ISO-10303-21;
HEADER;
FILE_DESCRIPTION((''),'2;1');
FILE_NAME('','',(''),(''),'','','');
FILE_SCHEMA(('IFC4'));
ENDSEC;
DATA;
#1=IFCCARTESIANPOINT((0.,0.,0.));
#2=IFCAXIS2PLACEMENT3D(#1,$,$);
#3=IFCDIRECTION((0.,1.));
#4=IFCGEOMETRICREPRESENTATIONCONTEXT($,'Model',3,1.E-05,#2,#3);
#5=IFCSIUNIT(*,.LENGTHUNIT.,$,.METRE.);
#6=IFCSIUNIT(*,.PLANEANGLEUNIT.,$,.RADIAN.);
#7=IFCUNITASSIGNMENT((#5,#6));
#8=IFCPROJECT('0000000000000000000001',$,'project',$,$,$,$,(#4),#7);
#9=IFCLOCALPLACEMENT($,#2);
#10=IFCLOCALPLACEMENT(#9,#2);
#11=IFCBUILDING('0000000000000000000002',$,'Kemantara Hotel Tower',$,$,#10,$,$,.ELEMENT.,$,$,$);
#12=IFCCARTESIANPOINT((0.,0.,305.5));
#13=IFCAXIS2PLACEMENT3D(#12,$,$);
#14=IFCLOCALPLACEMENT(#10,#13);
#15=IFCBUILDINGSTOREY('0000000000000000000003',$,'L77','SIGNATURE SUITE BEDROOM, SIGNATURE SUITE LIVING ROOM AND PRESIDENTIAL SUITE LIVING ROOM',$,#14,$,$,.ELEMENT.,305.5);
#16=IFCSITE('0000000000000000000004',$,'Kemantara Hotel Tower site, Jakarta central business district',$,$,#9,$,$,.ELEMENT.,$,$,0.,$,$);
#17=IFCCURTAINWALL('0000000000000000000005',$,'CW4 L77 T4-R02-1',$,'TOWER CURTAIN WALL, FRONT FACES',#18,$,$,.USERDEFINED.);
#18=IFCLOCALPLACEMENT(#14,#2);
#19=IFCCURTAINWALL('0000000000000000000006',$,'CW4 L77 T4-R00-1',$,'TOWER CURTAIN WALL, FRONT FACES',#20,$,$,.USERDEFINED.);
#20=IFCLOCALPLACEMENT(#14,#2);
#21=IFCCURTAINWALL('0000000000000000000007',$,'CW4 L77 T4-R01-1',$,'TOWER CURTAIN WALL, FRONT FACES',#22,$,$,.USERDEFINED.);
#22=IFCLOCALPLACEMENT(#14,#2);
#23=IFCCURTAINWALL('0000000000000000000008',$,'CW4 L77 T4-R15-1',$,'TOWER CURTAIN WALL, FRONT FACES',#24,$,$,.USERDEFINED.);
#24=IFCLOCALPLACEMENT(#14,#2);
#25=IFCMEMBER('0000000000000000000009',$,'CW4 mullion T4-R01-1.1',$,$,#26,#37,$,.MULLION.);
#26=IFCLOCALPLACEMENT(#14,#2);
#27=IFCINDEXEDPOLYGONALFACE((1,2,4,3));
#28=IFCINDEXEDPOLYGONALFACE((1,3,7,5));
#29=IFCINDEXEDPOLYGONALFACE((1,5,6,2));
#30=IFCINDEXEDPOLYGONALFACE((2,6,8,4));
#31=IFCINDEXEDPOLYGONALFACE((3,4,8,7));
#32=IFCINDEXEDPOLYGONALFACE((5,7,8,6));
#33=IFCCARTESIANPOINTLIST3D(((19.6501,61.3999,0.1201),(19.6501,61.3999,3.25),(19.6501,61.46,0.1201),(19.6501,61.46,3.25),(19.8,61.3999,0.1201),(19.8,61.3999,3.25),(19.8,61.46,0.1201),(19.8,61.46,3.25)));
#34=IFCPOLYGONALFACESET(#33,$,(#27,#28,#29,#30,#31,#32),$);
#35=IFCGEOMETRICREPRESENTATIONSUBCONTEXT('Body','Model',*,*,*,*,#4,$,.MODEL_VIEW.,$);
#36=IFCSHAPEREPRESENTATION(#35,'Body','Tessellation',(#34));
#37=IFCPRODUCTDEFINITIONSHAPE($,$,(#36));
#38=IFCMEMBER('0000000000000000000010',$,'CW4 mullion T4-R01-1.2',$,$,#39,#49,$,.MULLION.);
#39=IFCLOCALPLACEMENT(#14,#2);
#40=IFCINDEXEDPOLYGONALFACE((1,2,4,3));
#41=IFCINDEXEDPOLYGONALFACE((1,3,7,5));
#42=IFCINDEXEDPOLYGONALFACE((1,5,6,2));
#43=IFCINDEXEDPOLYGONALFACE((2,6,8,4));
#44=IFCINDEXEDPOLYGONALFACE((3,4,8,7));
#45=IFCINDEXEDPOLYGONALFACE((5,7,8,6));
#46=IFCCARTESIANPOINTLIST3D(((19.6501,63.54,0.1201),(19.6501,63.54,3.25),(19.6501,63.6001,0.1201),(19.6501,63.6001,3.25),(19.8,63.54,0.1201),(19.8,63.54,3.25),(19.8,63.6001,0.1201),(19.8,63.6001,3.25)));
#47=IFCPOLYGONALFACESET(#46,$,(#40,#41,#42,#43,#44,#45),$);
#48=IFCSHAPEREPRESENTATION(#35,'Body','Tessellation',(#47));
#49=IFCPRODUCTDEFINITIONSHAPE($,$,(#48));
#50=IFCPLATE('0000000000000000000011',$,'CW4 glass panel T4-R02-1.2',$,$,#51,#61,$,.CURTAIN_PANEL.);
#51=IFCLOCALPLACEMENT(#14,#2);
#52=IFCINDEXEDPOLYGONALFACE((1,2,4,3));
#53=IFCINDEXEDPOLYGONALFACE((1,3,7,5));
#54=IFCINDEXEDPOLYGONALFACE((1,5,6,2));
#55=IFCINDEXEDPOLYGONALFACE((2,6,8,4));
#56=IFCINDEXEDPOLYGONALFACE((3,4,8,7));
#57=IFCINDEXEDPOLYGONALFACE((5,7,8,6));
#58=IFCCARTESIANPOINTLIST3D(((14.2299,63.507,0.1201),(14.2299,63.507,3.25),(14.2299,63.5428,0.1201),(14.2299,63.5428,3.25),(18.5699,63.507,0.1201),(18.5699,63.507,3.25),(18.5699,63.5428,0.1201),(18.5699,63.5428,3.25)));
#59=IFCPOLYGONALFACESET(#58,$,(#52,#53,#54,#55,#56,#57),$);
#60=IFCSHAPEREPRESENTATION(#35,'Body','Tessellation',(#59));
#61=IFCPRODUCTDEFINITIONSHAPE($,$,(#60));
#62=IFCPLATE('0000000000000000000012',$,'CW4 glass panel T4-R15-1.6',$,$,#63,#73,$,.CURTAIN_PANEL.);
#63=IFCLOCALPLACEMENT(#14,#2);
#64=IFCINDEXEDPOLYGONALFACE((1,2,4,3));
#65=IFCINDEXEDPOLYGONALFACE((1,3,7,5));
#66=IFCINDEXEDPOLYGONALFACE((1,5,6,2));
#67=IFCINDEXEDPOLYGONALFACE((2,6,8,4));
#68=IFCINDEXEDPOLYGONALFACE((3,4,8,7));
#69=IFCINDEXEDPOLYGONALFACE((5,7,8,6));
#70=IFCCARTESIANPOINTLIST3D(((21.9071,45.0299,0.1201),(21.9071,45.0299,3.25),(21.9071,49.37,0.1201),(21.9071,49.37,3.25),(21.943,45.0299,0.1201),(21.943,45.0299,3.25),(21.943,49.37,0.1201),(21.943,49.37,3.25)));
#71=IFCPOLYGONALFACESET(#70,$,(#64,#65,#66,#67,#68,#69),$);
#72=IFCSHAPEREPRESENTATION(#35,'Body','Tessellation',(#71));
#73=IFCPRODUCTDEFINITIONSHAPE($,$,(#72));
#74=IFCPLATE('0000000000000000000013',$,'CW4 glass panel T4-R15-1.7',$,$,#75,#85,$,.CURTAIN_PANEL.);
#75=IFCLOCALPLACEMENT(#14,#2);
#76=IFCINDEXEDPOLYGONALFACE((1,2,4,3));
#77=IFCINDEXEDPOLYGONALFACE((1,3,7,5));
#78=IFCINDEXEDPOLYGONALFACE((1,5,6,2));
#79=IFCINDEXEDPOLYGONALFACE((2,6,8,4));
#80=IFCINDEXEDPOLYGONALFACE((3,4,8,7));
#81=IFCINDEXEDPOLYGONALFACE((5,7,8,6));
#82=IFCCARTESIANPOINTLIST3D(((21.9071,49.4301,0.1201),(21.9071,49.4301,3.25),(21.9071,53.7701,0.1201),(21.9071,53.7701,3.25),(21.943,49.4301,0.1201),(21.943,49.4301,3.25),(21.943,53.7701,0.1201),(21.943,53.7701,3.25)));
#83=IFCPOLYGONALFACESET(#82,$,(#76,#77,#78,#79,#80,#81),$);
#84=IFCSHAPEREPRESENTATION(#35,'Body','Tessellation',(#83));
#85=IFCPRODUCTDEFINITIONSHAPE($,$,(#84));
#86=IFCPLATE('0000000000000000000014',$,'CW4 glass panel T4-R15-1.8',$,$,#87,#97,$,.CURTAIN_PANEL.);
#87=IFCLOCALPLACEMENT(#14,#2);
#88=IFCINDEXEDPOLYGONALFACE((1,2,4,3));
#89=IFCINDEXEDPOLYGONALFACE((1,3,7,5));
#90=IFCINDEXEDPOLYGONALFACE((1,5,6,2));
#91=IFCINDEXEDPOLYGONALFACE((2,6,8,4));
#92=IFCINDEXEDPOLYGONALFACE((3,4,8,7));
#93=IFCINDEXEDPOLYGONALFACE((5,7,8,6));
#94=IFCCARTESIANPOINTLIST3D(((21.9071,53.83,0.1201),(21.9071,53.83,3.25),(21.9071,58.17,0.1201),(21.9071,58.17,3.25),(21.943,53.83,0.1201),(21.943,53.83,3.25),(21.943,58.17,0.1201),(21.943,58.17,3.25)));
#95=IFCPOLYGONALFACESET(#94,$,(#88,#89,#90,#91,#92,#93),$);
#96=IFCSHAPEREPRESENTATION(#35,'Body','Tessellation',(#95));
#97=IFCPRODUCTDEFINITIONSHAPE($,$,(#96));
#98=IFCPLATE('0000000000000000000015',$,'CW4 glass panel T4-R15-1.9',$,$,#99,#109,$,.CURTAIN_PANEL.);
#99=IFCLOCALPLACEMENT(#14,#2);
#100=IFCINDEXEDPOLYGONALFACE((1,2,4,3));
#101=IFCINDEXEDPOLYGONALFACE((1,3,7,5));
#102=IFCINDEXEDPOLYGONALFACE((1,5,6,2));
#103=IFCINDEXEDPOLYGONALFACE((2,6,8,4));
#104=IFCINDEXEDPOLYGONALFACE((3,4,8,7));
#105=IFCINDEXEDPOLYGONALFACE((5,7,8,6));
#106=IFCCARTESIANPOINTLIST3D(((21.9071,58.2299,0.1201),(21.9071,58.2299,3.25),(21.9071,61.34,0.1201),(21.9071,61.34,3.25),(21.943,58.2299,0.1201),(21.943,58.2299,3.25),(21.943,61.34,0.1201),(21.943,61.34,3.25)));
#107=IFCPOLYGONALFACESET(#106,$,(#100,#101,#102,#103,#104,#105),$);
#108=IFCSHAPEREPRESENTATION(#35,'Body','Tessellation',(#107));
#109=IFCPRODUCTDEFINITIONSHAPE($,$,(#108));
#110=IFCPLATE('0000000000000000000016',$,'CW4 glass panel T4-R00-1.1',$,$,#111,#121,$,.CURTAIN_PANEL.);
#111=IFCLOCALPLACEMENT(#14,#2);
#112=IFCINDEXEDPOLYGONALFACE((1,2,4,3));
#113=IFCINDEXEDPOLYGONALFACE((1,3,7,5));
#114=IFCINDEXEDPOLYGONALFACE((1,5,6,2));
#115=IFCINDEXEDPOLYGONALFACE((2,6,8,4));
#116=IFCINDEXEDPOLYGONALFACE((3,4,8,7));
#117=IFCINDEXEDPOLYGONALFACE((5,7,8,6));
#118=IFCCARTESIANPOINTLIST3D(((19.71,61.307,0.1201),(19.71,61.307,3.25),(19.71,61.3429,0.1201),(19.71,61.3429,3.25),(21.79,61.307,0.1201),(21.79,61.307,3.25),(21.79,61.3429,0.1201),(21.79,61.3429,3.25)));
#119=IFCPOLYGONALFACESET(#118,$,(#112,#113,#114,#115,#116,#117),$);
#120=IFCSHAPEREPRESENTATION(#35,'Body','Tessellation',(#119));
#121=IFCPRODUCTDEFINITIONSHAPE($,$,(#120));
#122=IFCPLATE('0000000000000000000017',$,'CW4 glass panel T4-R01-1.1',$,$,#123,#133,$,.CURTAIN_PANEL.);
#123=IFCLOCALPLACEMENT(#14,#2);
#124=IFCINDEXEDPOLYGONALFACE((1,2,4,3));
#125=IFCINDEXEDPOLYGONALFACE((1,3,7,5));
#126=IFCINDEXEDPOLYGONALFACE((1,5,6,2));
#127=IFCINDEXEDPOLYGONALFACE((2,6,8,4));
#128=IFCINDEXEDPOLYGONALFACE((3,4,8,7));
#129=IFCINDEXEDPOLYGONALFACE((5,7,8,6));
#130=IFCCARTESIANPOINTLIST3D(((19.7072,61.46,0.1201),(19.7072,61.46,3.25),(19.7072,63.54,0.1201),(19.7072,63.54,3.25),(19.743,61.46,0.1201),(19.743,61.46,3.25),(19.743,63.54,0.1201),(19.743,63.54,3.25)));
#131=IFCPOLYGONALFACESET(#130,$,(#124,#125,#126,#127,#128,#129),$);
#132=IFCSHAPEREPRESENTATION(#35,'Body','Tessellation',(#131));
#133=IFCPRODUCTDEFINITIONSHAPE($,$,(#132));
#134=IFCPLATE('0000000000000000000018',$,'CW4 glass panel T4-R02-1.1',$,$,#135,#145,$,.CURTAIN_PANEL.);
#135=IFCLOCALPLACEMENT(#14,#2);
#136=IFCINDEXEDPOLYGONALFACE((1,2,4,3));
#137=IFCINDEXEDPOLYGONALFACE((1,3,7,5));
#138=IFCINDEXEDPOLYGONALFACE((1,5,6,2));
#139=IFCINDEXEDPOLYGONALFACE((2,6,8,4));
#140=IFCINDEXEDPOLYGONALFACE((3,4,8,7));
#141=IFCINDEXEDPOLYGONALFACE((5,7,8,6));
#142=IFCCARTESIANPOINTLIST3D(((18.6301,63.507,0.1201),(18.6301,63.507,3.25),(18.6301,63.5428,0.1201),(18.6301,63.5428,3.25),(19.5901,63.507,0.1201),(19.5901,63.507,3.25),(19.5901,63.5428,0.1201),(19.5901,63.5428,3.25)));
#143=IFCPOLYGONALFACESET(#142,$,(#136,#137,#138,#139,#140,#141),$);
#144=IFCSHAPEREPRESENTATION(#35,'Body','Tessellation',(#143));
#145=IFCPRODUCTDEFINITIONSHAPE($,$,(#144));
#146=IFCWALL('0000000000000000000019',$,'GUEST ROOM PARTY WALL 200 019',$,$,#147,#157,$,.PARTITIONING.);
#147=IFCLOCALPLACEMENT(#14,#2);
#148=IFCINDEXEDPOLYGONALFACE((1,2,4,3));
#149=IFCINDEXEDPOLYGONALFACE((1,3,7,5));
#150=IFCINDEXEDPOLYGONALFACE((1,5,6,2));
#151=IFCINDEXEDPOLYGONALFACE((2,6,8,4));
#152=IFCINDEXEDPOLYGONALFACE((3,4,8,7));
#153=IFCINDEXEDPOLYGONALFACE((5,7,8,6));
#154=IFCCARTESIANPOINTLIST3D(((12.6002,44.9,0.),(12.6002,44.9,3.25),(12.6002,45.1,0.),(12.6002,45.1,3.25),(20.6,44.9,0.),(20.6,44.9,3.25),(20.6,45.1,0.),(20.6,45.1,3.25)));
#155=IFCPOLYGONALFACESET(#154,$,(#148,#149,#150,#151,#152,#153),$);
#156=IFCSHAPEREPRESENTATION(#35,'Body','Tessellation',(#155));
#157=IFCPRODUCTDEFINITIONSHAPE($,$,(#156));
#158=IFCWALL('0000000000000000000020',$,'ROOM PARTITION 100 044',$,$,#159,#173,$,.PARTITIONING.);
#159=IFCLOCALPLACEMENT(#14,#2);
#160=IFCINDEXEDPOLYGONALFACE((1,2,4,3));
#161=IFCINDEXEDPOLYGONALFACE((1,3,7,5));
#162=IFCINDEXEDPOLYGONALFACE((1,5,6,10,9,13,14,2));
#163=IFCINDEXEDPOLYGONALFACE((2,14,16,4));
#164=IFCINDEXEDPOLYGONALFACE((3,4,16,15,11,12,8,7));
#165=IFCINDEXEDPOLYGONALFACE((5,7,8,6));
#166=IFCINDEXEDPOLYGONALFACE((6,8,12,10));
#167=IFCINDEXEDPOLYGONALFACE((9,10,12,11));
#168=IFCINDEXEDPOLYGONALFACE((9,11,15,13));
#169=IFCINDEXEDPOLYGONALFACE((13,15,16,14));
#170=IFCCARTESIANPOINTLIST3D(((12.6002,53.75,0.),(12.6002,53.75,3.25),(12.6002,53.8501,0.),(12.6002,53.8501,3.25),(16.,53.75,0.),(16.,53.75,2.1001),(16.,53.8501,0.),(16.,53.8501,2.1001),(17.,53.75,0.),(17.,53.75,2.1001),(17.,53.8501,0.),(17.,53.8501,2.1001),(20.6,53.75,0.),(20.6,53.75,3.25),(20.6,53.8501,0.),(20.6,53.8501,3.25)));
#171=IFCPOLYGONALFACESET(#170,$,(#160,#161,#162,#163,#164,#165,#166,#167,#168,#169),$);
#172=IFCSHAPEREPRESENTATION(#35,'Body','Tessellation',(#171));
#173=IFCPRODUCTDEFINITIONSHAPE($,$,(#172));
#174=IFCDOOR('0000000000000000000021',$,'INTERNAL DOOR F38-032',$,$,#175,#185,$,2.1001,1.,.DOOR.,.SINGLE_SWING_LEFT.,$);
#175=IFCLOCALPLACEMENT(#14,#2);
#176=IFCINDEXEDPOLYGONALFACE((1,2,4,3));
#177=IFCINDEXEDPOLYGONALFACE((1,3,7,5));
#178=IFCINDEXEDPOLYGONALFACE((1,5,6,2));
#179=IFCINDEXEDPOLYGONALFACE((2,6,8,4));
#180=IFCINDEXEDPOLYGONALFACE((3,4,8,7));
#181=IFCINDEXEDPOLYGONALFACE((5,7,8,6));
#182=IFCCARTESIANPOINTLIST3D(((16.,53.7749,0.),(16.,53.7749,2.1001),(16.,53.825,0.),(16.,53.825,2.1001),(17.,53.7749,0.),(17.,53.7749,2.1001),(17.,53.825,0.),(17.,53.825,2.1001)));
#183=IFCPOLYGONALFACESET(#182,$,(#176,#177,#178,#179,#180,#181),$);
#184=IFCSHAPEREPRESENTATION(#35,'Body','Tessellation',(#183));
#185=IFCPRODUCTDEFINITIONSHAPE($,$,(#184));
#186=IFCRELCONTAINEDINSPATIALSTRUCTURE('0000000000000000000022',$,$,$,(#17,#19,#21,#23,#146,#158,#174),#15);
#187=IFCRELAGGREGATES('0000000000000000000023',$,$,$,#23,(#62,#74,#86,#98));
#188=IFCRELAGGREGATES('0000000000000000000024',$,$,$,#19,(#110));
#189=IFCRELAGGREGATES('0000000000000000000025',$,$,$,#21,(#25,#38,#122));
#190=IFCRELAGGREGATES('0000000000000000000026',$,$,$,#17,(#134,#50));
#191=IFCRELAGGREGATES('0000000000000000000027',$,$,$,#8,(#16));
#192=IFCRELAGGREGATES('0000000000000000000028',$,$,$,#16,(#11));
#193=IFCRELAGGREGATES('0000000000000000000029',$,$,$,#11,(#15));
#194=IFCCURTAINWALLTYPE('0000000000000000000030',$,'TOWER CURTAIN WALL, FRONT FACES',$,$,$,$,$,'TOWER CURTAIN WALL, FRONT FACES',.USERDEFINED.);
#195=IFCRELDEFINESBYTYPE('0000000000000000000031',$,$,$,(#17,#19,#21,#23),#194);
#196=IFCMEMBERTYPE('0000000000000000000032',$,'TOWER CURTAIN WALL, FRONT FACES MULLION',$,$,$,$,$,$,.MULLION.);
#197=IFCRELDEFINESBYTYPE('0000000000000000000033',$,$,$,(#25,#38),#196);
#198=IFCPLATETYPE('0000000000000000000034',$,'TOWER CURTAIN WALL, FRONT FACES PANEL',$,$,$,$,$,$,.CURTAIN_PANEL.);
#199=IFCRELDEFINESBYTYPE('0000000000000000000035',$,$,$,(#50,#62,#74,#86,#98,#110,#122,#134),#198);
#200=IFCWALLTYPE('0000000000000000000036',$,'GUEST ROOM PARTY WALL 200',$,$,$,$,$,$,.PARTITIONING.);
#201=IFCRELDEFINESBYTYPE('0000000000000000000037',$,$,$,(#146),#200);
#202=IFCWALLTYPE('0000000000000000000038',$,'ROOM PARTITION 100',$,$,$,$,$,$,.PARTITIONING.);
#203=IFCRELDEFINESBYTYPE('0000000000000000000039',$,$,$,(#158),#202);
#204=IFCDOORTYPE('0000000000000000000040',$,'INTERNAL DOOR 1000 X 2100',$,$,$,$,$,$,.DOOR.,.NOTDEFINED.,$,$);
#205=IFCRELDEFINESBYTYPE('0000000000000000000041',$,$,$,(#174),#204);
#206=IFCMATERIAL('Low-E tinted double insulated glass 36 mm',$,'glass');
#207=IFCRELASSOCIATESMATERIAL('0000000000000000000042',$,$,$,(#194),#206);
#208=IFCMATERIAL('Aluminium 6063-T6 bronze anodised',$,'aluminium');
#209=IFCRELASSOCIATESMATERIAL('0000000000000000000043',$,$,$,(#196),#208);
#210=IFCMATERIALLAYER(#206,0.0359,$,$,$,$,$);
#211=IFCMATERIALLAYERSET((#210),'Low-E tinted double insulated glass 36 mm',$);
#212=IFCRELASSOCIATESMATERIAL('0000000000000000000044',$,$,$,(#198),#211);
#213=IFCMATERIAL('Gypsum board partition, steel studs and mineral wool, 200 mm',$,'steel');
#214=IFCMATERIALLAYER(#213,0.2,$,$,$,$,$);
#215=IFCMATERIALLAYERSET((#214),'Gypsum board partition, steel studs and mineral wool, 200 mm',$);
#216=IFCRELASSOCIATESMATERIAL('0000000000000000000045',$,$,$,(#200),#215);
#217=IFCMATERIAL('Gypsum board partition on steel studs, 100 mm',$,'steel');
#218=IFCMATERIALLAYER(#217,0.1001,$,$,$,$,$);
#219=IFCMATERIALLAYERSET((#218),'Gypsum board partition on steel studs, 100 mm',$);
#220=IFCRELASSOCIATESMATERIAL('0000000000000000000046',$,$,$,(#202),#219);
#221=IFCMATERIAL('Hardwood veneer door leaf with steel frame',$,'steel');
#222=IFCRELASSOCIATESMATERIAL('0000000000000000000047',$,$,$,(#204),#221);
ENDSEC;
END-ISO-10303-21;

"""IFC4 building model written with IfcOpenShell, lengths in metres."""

from ifc_helpers import new_model, si_unit, direction, frame, frame_2d, origin, origin_2d, place, context, subcontext, project, spatial, rectangle, extrude, source, transform, mapped, material, layer, layer_set, material_profile, profile_set, type_object, element, fill, aggregate, save


model = new_model("IFC4")

# Units and contexts
model_context = context("Model", 3, precision=1e-05, world=origin(), true_north=direction((0.0, 1.0)))
body_context = subcontext(model_context, "Body", "Model", "MODEL_VIEW")
ifc_project = project(units=[si_unit("LENGTHUNIT", "METRE"), si_unit("PLANEANGLEUNIT", "RADIAN")], contexts=[model_context])

# Site, building, storey
site_placement = place(None, origin())
site = spatial("IfcSite", under=ifc_project, at=site_placement, Name="Kemantara Hotel Tower site, Jakarta central business district", CompositionType="ELEMENT", RefElevation=0.0)
building_placement = place(site_placement, origin())
building = spatial("IfcBuilding", under=site, at=building_placement, Name="Kemantara Hotel Tower", CompositionType="ELEMENT")
storey_placement = place(building_placement, frame((0.0, 0.0, 305.5)))
storey = spatial("IfcBuildingStorey", under=building, at=storey_placement, Name="L77", Description="SIGNATURE SUITE BEDROOM, SIGNATURE SUITE LIVING ROOM AND PRESIDENTIAL SUITE LIVING ROOM", CompositionType="ELEMENT", Elevation=305.5)

# Curtain walls
ifc_material_1 = material(Name="Low-E tinted double insulated glass 36 mm", Category="glass")
curtain_wall_type = type_object("IfcCurtainWallType", Name="TOWER CURTAIN WALL, FRONT FACES", ElementType="TOWER CURTAIN WALL, FRONT FACES", PredefinedType="USERDEFINED", material=ifc_material_1)
curtain_wall_1_placement = place(storey_placement, origin())
curtain_wall_1 = element("IfcCurtainWall", 1, at=curtain_wall_1_placement, inside=storey, type_object=curtain_wall_type, Name="CW4 L77 T4-R02-1", ObjectType="TOWER CURTAIN WALL, FRONT FACES", PredefinedType="USERDEFINED")
ifc_material_2 = material(Name="Aluminium 6063-T6 bronze anodised", Category="aluminium")
curtain_wall_2_placement = place(storey_placement, origin())
curtain_wall_2 = element("IfcCurtainWall", 2, at=curtain_wall_2_placement, inside=storey, type_object=curtain_wall_type, Name="CW4 L77 T4-R00-1", ObjectType="TOWER CURTAIN WALL, FRONT FACES", PredefinedType="USERDEFINED")
curtain_wall_3_placement = place(storey_placement, origin())
curtain_wall_3 = element("IfcCurtainWall", 3, at=curtain_wall_3_placement, inside=storey, type_object=curtain_wall_type, Name="CW4 L77 T4-R01-1", ObjectType="TOWER CURTAIN WALL, FRONT FACES", PredefinedType="USERDEFINED")

# Shared definitions
ifc_material_profile_1 = material_profile(ifc_material_2, rectangle(XDim=0.1499, YDim=0.0601, at=origin_2d()), Name="TOWER CURTAIN WALL, FRONT FACES MULLION")
ifc_profile_set_1 = profile_set([ifc_material_profile_1], Name="Aluminium 6063-T6 bronze anodised")
member_type_1 = type_object("IfcMemberType", Name="TOWER CURTAIN WALL, FRONT FACES MULLION", PredefinedType="MULLION", material=ifc_profile_set_1)
shared_shape_1 = source(origin(), body_context, "Body", "SweptSolid", [
    extrude(rectangle(XDim=0.1499, YDim=0.0601, at=origin_2d()), origin(), (0.0, 0.0, 1.0), 3.1299),
])

# Curtain wall
curtain_wall_4_placement = place(storey_placement, origin())
curtain_wall_4 = element("IfcCurtainWall", 4, at=curtain_wall_4_placement, inside=storey, type_object=curtain_wall_type, Name="CW4 L77 T4-R15-1", ObjectType="TOWER CURTAIN WALL, FRONT FACES", PredefinedType="USERDEFINED")

# Members
member_1_placement = place(storey_placement, frame((19.7251, 61.4299, 0.1201), z_axis=(0.0, 0.0, 1.0), x_axis=(-1.0, 0.0, 0.0)))
member_1 = element("IfcMember", 5, at=member_1_placement, type_object=member_type_1, Name="CW4 mullion T4-R01-1.1", PredefinedType="MULLION", context=body_context, shape_type="MappedRepresentation", body=[
    mapped(shared_shape_1, transform((0.0, 0.0, 0.0))),
])
member_2_placement = place(storey_placement, frame((19.7251, 63.5701, 0.1201), z_axis=(0.0, 0.0, 1.0), x_axis=(-1.0, 0.0, 0.0)))
member_2 = element("IfcMember", 6, at=member_2_placement, type_object=member_type_1, Name="CW4 mullion T4-R01-1.2", PredefinedType="MULLION", context=body_context, shape_type="MappedRepresentation", body=[
    mapped(shared_shape_1, transform((0.0, 0.0, 0.0))),
])

# Plates
ifc_layer_1 = layer(ifc_material_1, 0.0359)
ifc_layer_set_1 = layer_set([ifc_layer_1], Name="Low-E tinted double insulated glass 36 mm")
plate_type = type_object("IfcPlateType", Name="TOWER CURTAIN WALL, FRONT FACES PANEL", PredefinedType="CURTAIN_PANEL", material=ifc_layer_set_1)
shared_shape_2 = source(origin(), body_context, "Body", "SweptSolid", [
    extrude(rectangle(XDim=4.3401, YDim=0.0359, at=origin_2d()), origin(), (0.0, 0.0, 1.0), 3.1299),
])
plate_1_placement = place(storey_placement, frame((16.3999, 63.5249, 0.1201), z_axis=(0.0, 0.0, 1.0), x_axis=(-1.0, 0.0, 0.0)))
plate_1 = element("IfcPlate", 7, at=plate_1_placement, type_object=plate_type, Name="CW4 glass panel T4-R02-1.2", PredefinedType="CURTAIN_PANEL", context=body_context, shape_type="MappedRepresentation", body=[
    mapped(shared_shape_2, transform((0.0, 0.0, 0.0))),
])
plate_2_placement = place(storey_placement, frame((21.925, 47.2, 0.1201), z_axis=(0.0, 0.0, 1.0), x_axis=(0.0, 1.0, 0.0)))
plate_2 = element("IfcPlate", 8, at=plate_2_placement, type_object=plate_type, Name="CW4 glass panel T4-R15-1.6", PredefinedType="CURTAIN_PANEL", context=body_context, shape_type="MappedRepresentation", body=[
    mapped(shared_shape_2, transform((0.0, 0.0, 0.0))),
])
plate_3_placement = place(storey_placement, frame((21.925, 51.6001, 0.1201), z_axis=(0.0, 0.0, 1.0), x_axis=(0.0, 1.0, 0.0)))
plate_3 = element("IfcPlate", 9, at=plate_3_placement, type_object=plate_type, Name="CW4 glass panel T4-R15-1.7", PredefinedType="CURTAIN_PANEL", context=body_context, shape_type="MappedRepresentation", body=[
    mapped(shared_shape_2, transform((0.0, 0.0, 0.0))),
])
plate_4_placement = place(storey_placement, frame((21.925, 56.0, 0.1201), z_axis=(0.0, 0.0, 1.0), x_axis=(0.0, 1.0, 0.0)))
plate_4 = element("IfcPlate", 10, at=plate_4_placement, type_object=plate_type, Name="CW4 glass panel T4-R15-1.8", PredefinedType="CURTAIN_PANEL", context=body_context, shape_type="MappedRepresentation", body=[
    mapped(shared_shape_2, transform((0.0, 0.0, 0.0))),
])
shared_shape_3 = source(origin(), body_context, "Body", "SweptSolid", [
    extrude(rectangle(XDim=3.1101, YDim=0.0359, at=origin_2d()), origin(), (0.0, 0.0, 1.0), 3.1299),
])
plate_5_placement = place(storey_placement, frame((21.925, 59.7849, 0.1201), z_axis=(0.0, 0.0, 1.0), x_axis=(0.0, 1.0, 0.0)))
plate_5 = element("IfcPlate", 11, at=plate_5_placement, type_object=plate_type, Name="CW4 glass panel T4-R15-1.9", PredefinedType="CURTAIN_PANEL", context=body_context, shape_type="MappedRepresentation", body=[
    mapped(shared_shape_3, transform((0.0, 0.0, 0.0))),
])
aggregate(curtain_wall_4, [plate_2, plate_3, plate_4, plate_5])
shared_shape_4 = source(origin(), body_context, "Body", "SweptSolid", [
    extrude(rectangle(XDim=2.0801, YDim=0.0359, at=origin_2d()), origin(), (0.0, 0.0, 1.0), 3.1299),
])
plate_6_placement = place(storey_placement, frame((20.75, 61.325, 0.1201), z_axis=(0.0, 0.0, 1.0), x_axis=(-1.0, 0.0, 0.0)))
plate_6 = element("IfcPlate", 12, at=plate_6_placement, type_object=plate_type, Name="CW4 glass panel T4-R00-1.1", PredefinedType="CURTAIN_PANEL", context=body_context, shape_type="MappedRepresentation", body=[
    mapped(shared_shape_4, transform((0.0, 0.0, 0.0))),
])
aggregate(curtain_wall_2, [plate_6])
plate_7_placement = place(storey_placement, frame((19.7251, 62.5, 0.1201), z_axis=(0.0, 0.0, 1.0), x_axis=(0.0, 1.0, 0.0)))
plate_7 = element("IfcPlate", 13, at=plate_7_placement, type_object=plate_type, Name="CW4 glass panel T4-R01-1.1", PredefinedType="CURTAIN_PANEL", context=body_context, shape_type="MappedRepresentation", body=[
    mapped(shared_shape_4, transform((0.0, 0.0, 0.0))),
])
aggregate(curtain_wall_3, [member_1, member_2, plate_7])
shared_shape_5 = source(origin(), body_context, "Body", "SweptSolid", [
    extrude(rectangle(XDim=0.96, YDim=0.0359, at=origin_2d()), origin(), (0.0, 0.0, 1.0), 3.1299),
])
plate_8_placement = place(storey_placement, frame((19.1101, 63.5249, 0.1201), z_axis=(0.0, 0.0, 1.0), x_axis=(-1.0, 0.0, 0.0)))
plate_8 = element("IfcPlate", 14, at=plate_8_placement, type_object=plate_type, Name="CW4 glass panel T4-R02-1.1", PredefinedType="CURTAIN_PANEL", context=body_context, shape_type="MappedRepresentation", body=[
    mapped(shared_shape_5, transform((0.0, 0.0, 0.0))),
])
aggregate(curtain_wall_1, [plate_8, plate_1])

# Wall
ifc_material_3 = material(Name="Gypsum board partition, steel studs and mineral wool, 200 mm", Category="steel")
ifc_layer_2 = layer(ifc_material_3, 0.2)
ifc_layer_set_2 = layer_set([ifc_layer_2], Name="Gypsum board partition, steel studs and mineral wool, 200 mm")
wall_type_1 = type_object("IfcWallType", Name="GUEST ROOM PARTY WALL 200", PredefinedType="PARTITIONING", material=ifc_layer_set_2)
wall_1_placement = place(storey_placement, frame((12.6001, 45.0, 0.0), z_axis=(0.0, 0.0, 1.0), x_axis=(1.0, 0.0, 0.0)))
element("IfcWall", 15, at=wall_1_placement, inside=storey, type_object=wall_type_1, Name="GUEST ROOM PARTY WALL 200 019", PredefinedType="PARTITIONING", context=body_context, shape_type="SweptSolid", body=[
    extrude(rectangle(XDim=7.9998, YDim=0.2, at=frame_2d((4.0, 0.0))), origin(), (0.0, 0.0, 1.0), 3.25),
])

# Wall, opening, door
ifc_material_4 = material(Name="Gypsum board partition on steel studs, 100 mm", Category="steel")
ifc_layer_3 = layer(ifc_material_4, 0.1001)
ifc_layer_set_3 = layer_set([ifc_layer_3], Name="Gypsum board partition on steel studs, 100 mm")
wall_type_2 = type_object("IfcWallType", Name="ROOM PARTITION 100", PredefinedType="PARTITIONING", material=ifc_layer_set_3)
wall_2_placement = place(storey_placement, frame((12.6001, 53.8, 0.0), z_axis=(0.0, 0.0, 1.0), x_axis=(1.0, 0.0, 0.0)))
wall_2 = element("IfcWall", 16, at=wall_2_placement, inside=storey, type_object=wall_type_2, Name="ROOM PARTITION 100 044", PredefinedType="PARTITIONING", context=body_context, shape_type="SweptSolid", body=[
    extrude(rectangle(XDim=7.9998, YDim=0.1001, at=frame_2d((4.0, 0.0))), origin(), (0.0, 0.0, 1.0), 3.25),
])
opening_1_placement = place(wall_2_placement, frame((3.3999, 0.0, 0.0)))
opening_1 = element("IfcOpeningElement", 17, at=opening_1_placement, cuts=wall_2, PredefinedType="OPENING", context=body_context, shape_type="SweptSolid", body=[
    extrude(rectangle(XDim=1.0, YDim=2.1001, at=frame_2d((0.5, 1.05))), frame((0.0, 0.0601, 0.0), z_axis=(0.0, -1.0, 0.0), x_axis=(1.0, 0.0, 0.0)), (0.0, 0.0, 1.0), 0.1201),
])
ifc_material_5 = material(Name="Hardwood veneer door leaf with steel frame", Category="steel")
door_type_1 = type_object("IfcDoorType", Name="INTERNAL DOOR 1000 X 2100", OperationType="NOTDEFINED", PredefinedType="DOOR", material=ifc_material_5)
door_1_placement = place(opening_1_placement, origin())
door_1 = element("IfcDoor", 18, at=door_1_placement, inside=storey, type_object=door_type_1, Name="INTERNAL DOOR F38-032", OperationType="SINGLE_SWING_LEFT", OverallHeight=2.1001, OverallWidth=1.0, PredefinedType="DOOR", context=body_context, shape_type="SweptSolid", body=[
    extrude(rectangle(XDim=1.0, YDim=2.1001, at=frame_2d((0.5, 1.05))), frame((0.0, 0.0249, 0.0), z_axis=(0.0, -1.0, 0.0), x_axis=(1.0, 0.0, 0.0)), (0.0, 0.0, 1.0), 0.05),
])
fill(opening_1, door_1)

save(model, "model.ifc")
